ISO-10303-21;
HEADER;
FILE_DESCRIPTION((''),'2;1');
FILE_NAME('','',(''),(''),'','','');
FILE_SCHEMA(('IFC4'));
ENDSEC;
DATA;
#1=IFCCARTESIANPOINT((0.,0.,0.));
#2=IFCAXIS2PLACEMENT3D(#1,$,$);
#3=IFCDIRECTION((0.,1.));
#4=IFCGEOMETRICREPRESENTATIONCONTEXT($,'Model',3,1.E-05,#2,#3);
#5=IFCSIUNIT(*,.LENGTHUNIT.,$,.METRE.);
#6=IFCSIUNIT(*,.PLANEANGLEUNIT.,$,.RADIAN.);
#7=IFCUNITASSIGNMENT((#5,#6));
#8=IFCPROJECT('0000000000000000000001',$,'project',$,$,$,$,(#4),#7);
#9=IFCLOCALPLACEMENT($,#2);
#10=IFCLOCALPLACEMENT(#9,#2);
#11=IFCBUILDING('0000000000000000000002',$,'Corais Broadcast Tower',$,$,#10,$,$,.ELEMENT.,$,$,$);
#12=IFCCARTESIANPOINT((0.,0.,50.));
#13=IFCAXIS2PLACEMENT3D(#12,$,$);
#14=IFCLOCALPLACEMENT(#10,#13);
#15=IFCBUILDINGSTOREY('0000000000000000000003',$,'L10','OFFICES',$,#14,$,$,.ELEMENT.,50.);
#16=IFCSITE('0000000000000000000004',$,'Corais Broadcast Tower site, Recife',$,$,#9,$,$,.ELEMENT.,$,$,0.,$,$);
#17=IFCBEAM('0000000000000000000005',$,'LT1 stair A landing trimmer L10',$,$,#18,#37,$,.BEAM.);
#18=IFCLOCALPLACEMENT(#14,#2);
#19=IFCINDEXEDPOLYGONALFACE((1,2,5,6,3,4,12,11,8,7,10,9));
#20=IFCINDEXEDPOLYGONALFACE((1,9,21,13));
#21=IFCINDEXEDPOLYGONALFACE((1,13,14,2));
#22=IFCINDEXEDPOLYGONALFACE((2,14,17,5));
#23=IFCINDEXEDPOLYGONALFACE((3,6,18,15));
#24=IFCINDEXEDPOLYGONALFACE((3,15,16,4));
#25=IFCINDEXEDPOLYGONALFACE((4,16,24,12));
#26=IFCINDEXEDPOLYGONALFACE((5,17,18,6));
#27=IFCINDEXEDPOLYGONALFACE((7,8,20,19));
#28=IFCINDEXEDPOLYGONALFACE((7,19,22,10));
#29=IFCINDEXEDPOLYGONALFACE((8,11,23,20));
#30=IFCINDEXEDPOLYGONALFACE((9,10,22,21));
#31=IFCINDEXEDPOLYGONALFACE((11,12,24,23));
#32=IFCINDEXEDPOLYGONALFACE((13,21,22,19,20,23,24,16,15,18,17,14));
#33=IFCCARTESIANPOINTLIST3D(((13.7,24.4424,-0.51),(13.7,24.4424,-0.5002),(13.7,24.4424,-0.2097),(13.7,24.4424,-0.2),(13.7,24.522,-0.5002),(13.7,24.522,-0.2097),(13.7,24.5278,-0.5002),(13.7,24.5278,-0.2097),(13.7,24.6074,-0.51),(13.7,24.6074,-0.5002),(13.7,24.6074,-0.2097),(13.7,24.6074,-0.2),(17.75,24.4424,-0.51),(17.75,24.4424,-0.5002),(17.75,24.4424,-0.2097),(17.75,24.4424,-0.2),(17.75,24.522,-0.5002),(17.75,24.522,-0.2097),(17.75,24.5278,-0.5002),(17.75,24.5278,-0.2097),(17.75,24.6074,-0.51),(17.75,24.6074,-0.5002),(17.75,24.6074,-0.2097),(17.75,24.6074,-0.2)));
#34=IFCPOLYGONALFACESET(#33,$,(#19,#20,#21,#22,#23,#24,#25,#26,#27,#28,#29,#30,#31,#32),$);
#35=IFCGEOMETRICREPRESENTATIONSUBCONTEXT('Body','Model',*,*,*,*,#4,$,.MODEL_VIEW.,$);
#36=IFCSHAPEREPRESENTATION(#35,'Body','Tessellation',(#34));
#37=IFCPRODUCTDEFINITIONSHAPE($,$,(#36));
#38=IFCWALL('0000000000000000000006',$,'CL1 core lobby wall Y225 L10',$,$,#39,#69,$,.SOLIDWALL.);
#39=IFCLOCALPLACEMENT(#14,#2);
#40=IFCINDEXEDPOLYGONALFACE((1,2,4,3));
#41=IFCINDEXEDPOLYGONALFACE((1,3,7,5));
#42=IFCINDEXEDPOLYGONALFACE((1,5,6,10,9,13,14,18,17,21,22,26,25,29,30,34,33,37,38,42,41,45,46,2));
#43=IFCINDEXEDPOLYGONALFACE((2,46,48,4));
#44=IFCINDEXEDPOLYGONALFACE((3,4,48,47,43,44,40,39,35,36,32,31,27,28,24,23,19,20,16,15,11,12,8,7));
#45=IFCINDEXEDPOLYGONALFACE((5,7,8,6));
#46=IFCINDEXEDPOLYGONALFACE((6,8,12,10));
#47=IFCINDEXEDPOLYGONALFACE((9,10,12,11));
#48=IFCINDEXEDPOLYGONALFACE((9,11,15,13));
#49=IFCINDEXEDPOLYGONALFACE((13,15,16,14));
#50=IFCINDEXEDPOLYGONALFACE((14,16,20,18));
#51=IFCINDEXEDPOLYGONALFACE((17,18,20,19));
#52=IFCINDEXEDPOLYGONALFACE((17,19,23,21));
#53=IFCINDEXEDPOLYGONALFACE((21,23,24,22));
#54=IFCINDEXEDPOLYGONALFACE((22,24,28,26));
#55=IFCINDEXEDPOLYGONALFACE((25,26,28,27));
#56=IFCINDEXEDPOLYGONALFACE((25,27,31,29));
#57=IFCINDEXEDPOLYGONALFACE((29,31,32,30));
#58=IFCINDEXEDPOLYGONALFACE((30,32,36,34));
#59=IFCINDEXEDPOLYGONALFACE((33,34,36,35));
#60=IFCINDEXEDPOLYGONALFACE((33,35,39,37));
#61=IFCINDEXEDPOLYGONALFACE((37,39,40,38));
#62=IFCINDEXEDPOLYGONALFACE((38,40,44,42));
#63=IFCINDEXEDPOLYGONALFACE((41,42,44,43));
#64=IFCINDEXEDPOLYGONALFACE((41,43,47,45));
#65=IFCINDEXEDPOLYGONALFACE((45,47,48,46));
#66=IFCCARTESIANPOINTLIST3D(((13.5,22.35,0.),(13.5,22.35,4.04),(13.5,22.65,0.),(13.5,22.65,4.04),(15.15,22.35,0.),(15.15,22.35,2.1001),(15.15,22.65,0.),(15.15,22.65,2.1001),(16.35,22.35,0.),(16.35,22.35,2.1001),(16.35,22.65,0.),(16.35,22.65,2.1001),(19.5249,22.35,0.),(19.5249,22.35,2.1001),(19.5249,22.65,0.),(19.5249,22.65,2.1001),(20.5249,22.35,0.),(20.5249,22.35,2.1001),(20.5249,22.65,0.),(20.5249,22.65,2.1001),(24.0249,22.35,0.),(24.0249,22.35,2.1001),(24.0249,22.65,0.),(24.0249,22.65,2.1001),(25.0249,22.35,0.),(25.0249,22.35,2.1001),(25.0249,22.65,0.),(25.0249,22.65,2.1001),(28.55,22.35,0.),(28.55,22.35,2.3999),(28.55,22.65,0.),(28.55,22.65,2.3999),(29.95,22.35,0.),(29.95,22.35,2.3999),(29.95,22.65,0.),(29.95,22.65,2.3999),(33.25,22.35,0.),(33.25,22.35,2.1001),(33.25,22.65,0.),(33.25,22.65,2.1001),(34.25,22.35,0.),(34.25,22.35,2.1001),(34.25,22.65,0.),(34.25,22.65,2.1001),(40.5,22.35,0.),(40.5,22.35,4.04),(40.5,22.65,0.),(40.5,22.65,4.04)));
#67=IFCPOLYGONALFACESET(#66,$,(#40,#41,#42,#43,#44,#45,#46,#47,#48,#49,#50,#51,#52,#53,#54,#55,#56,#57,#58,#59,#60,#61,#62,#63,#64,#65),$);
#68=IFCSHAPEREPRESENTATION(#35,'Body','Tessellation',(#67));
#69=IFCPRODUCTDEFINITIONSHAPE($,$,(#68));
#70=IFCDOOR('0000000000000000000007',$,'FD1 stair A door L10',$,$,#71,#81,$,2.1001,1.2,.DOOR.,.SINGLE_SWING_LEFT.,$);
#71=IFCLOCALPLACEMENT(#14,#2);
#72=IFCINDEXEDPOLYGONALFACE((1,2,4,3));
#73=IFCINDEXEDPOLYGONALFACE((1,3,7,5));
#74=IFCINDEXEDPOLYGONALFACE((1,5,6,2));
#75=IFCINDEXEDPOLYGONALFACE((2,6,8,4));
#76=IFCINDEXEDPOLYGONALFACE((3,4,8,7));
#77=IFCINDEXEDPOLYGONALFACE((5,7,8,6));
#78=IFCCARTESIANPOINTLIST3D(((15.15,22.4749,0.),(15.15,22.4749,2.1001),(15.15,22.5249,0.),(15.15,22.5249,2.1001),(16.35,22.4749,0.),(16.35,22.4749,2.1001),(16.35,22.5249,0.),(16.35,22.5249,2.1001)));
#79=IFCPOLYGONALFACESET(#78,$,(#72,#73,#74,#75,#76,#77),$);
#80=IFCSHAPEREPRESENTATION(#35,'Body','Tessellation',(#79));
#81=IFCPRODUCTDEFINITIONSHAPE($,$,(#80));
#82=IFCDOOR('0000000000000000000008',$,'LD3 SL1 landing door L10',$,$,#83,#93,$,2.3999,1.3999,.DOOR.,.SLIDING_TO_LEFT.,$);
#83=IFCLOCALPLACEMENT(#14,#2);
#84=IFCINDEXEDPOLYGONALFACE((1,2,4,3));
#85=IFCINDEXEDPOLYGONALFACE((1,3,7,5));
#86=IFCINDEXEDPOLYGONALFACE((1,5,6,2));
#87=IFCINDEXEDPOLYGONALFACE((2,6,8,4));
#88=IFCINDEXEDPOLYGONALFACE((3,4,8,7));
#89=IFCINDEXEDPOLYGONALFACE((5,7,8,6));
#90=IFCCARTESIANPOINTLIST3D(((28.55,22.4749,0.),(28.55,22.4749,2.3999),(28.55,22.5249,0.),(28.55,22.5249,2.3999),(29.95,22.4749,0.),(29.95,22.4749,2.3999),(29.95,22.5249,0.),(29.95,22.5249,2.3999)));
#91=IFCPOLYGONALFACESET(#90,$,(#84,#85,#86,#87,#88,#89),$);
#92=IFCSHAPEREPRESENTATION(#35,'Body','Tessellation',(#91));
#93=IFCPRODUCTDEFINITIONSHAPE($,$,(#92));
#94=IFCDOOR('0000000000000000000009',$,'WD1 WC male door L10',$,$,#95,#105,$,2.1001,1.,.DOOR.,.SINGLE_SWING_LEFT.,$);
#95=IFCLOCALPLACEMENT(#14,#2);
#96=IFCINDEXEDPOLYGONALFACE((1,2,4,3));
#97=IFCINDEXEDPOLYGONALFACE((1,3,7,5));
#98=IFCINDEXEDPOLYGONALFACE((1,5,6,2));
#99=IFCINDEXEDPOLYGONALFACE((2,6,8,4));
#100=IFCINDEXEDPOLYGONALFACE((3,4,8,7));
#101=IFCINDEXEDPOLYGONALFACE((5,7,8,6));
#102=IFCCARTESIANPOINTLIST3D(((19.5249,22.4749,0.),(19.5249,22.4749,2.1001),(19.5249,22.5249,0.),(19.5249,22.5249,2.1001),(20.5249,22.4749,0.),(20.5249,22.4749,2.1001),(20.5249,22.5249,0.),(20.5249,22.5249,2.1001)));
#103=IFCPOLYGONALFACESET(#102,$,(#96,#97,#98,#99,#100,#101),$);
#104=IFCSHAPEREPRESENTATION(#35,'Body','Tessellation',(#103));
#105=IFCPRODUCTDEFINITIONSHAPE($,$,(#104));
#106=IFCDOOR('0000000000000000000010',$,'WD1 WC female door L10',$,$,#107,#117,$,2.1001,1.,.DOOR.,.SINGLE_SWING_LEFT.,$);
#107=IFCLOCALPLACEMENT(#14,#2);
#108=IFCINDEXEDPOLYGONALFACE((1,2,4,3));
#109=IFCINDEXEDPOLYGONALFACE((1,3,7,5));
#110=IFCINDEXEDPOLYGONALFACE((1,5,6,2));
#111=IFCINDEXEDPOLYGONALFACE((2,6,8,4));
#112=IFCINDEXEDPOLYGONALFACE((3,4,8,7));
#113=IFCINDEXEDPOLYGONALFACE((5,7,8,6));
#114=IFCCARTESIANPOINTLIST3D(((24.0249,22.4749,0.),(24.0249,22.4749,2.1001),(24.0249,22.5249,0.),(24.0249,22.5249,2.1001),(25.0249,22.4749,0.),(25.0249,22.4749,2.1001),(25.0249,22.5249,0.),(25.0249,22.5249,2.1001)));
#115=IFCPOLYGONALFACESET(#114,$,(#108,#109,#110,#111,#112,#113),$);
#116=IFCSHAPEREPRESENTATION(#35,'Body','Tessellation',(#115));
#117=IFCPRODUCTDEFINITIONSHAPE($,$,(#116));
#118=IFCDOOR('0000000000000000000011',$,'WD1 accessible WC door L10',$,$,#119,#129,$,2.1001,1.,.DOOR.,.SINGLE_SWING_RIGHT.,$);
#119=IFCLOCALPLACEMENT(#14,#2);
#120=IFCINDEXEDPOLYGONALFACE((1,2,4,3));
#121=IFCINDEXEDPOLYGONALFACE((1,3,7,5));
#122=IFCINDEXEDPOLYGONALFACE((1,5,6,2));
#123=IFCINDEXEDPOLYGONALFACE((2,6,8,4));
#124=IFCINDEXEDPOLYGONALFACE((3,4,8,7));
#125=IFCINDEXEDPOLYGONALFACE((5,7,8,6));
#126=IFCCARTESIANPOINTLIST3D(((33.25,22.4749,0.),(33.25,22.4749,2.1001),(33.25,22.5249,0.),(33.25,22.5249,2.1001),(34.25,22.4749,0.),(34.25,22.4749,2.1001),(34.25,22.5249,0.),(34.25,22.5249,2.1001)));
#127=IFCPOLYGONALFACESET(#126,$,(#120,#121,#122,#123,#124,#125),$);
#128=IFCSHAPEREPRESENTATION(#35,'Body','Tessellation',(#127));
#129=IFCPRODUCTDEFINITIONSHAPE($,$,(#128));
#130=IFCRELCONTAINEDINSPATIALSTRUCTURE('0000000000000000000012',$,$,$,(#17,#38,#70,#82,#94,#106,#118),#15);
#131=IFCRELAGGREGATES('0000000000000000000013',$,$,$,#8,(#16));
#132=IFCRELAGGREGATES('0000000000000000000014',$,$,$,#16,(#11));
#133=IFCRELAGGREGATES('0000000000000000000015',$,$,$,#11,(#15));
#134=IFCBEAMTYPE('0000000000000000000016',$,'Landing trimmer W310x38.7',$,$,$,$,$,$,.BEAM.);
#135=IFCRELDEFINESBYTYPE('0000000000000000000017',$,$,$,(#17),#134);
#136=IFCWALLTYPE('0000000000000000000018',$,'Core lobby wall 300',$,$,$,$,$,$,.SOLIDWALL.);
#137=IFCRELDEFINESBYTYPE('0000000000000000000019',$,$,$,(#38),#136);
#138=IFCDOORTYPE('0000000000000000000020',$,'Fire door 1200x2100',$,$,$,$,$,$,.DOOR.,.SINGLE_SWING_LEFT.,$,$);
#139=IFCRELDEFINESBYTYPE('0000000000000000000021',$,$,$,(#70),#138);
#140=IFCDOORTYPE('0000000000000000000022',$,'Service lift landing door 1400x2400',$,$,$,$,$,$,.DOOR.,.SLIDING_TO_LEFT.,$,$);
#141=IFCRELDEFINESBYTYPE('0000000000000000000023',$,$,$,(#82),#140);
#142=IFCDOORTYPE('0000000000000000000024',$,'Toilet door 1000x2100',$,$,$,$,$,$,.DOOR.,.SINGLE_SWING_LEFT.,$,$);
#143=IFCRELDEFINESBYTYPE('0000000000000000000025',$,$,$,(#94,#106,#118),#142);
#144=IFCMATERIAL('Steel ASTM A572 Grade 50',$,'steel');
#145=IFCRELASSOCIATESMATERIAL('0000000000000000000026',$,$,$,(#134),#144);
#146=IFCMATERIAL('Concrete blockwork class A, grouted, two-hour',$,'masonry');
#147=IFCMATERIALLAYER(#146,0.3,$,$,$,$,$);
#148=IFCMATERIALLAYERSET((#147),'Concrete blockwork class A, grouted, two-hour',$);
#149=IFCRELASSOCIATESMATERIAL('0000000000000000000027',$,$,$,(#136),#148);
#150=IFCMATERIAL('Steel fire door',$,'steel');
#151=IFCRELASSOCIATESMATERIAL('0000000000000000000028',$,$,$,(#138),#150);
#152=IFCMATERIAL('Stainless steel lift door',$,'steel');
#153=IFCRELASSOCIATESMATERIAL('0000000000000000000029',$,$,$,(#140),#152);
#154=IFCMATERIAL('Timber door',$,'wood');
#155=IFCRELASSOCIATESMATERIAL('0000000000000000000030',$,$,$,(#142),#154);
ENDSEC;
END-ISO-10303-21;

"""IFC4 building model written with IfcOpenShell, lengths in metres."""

from ifc_helpers import new_model, si_unit, direction, frame, frame_2d, origin, origin_2d, place, context, subcontext, project, spatial, rectangle, i_section, extrude, material, layer, layer_set, material_profile, profile_set, type_object, element, fill, save


model = new_model("IFC4")

# Units and contexts
model_context = context("Model", 3, precision=1e-05, world=origin(), true_north=direction((0.0, 1.0)))
body_context = subcontext(model_context, "Body", "Model", "MODEL_VIEW")
ifc_project = project(units=[si_unit("LENGTHUNIT", "METRE"), si_unit("PLANEANGLEUNIT", "RADIAN")], contexts=[model_context])

# Site, building, storey
site_placement = place(None, origin())
site = spatial("IfcSite", under=ifc_project, at=site_placement, Name="Corais Broadcast Tower site, Recife", CompositionType="ELEMENT", RefElevation=0.0)
building_placement = place(site_placement, origin())
building = spatial("IfcBuilding", under=site, at=building_placement, Name="Corais Broadcast Tower", CompositionType="ELEMENT")
storey_placement = place(building_placement, frame((0.0, 0.0, 50.0)))
storey = spatial("IfcBuildingStorey", under=building, at=storey_placement, Name="L10", Description="OFFICES", CompositionType="ELEMENT", Elevation=50.0)

# Beam
ifc_material_1 = material(Name="Steel ASTM A572 Grade 50", Category="steel")
ifc_material_profile = material_profile(ifc_material_1, i_section(OverallWidth=0.165, OverallDepth=0.3101, WebThickness=0.0059, FlangeThickness=0.0098, at=origin_2d()), Name="W310x38.7")
ifc_profile_set = profile_set([ifc_material_profile], Name="Steel ASTM A572 Grade 50")
beam_type = type_object("IfcBeamType", Name="Landing trimmer W310x38.7", PredefinedType="BEAM", material=ifc_profile_set)
beam_placement = place(storey_placement, frame((13.7, 24.5249, -0.355), z_axis=(1.0, 0.0, 0.0), x_axis=(0.0, 1.0, 0.0)))
element("IfcBeam", 1, at=beam_placement, inside=storey, type_object=beam_type, Name="LT1 stair A landing trimmer L10", PredefinedType="BEAM", context=body_context, shape_type="SweptSolid", body=[
    extrude(i_section(OverallWidth=0.165, OverallDepth=0.3101, WebThickness=0.0059, FlangeThickness=0.0098, at=origin_2d()), origin(), (0.0, 0.0, 1.0), 4.05),
])

# Wall, openings, doors
ifc_material_2 = material(Name="Concrete blockwork class A, grouted, two-hour", Category="masonry")
ifc_layer_1 = layer(ifc_material_2, 0.3)
ifc_layer_set_1 = layer_set([ifc_layer_1], Name="Concrete blockwork class A, grouted, two-hour")
wall_type_1 = type_object("IfcWallType", Name="Core lobby wall 300", PredefinedType="SOLIDWALL", material=ifc_layer_set_1)
wall_1_placement = place(storey_placement, frame((13.5, 22.5, 0.0), z_axis=(0.0, 0.0, 1.0), x_axis=(1.0, 0.0, 0.0)))
wall_1 = element("IfcWall", 2, at=wall_1_placement, inside=storey, type_object=wall_type_1, Name="CL1 core lobby wall Y225 L10", PredefinedType="SOLIDWALL", context=body_context, shape_type="SweptSolid", body=[
    extrude(rectangle(XDim=27.0, YDim=0.3, at=frame_2d((13.5, 0.0))), origin(), (0.0, 0.0, 1.0), 4.04),
])
opening_1_placement = place(wall_1_placement, frame((1.6499, 0.0, 0.0)))
opening_1 = element("IfcOpeningElement", 3, at=opening_1_placement, cuts=wall_1, PredefinedType="OPENING", context=body_context, shape_type="SweptSolid", body=[
    extrude(rectangle(XDim=1.2, YDim=2.1001, at=frame_2d((0.6001, 1.05))), frame((0.0, 0.1599, 0.0), z_axis=(0.0, -1.0, 0.0), x_axis=(1.0, 0.0, 0.0)), (0.0, 0.0, 1.0), 0.3201),
])
opening_2_placement = place(wall_1_placement, frame((6.0249, 0.0, 0.0)))
opening_2 = element("IfcOpeningElement", 4, at=opening_2_placement, cuts=wall_1, PredefinedType="OPENING", context=body_context, shape_type="SweptSolid", body=[
    extrude(rectangle(XDim=1.0, YDim=2.1001, at=frame_2d((0.5, 1.05))), frame((0.0, 0.1599, 0.0), z_axis=(0.0, -1.0, 0.0), x_axis=(1.0, 0.0, 0.0)), (0.0, 0.0, 1.0), 0.3201),
])
opening_3_placement = place(wall_1_placement, frame((10.5249, 0.0, 0.0)))
opening_3 = element("IfcOpeningElement", 5, at=opening_3_placement, cuts=wall_1, PredefinedType="OPENING", context=body_context, shape_type="SweptSolid", body=[
    extrude(rectangle(XDim=1.0, YDim=2.1001, at=frame_2d((0.5, 1.05))), frame((0.0, 0.1599, 0.0), z_axis=(0.0, -1.0, 0.0), x_axis=(1.0, 0.0, 0.0)), (0.0, 0.0, 1.0), 0.3201),
])
opening_4_placement = place(wall_1_placement, frame((19.75, 0.0, 0.0)))
opening_4 = element("IfcOpeningElement", 6, at=opening_4_placement, cuts=wall_1, PredefinedType="OPENING", context=body_context, shape_type="SweptSolid", body=[
    extrude(rectangle(XDim=1.0, YDim=2.1001, at=frame_2d((0.5, 1.05))), frame((0.0, 0.1599, 0.0), z_axis=(0.0, -1.0, 0.0), x_axis=(1.0, 0.0, 0.0)), (0.0, 0.0, 1.0), 0.3201),
])
opening_5_placement = place(wall_1_placement, frame((15.05, 0.0, 0.0)))
opening_5 = element("IfcOpeningElement", 7, at=opening_5_placement, cuts=wall_1, PredefinedType="OPENING", context=body_context, shape_type="SweptSolid", body=[
    extrude(rectangle(XDim=1.3999, YDim=2.3999, at=frame_2d((0.7, 1.2))), frame((0.0, 0.1599, 0.0), z_axis=(0.0, -1.0, 0.0), x_axis=(1.0, 0.0, 0.0)), (0.0, 0.0, 1.0), 0.3201),
])
ifc_material_3 = material(Name="Steel fire door", Category="steel")
door_type_1 = type_object("IfcDoorType", Name="Fire door 1200x2100", OperationType="SINGLE_SWING_LEFT", PredefinedType="DOOR", material=ifc_material_3)
door_1_placement = place(opening_1_placement, origin())
door_1 = element("IfcDoor", 8, at=door_1_placement, inside=storey, type_object=door_type_1, Name="FD1 stair A door L10", OperationType="SINGLE_SWING_LEFT", OverallHeight=2.1001, OverallWidth=1.2, PredefinedType="DOOR", context=body_context, shape_type="SweptSolid", body=[
    extrude(rectangle(XDim=1.2, YDim=2.1001, at=frame_2d((0.6001, 1.05))), frame((0.0, 0.0249, 0.0), z_axis=(0.0, -1.0, 0.0), x_axis=(1.0, 0.0, 0.0)), (0.0, 0.0, 1.0), 0.05),
])
fill(opening_1, door_1)
ifc_material_4 = material(Name="Stainless steel lift door", Category="steel")
door_type_2 = type_object("IfcDoorType", Name="Service lift landing door 1400x2400", OperationType="SLIDING_TO_LEFT", PredefinedType="DOOR", material=ifc_material_4)
door_2_placement = place(opening_5_placement, origin())
door_2 = element("IfcDoor", 9, at=door_2_placement, inside=storey, type_object=door_type_2, Name="LD3 SL1 landing door L10", OperationType="SLIDING_TO_LEFT", OverallHeight=2.3999, OverallWidth=1.3999, PredefinedType="DOOR", context=body_context, shape_type="SweptSolid", body=[
    extrude(rectangle(XDim=1.3999, YDim=2.3999, at=frame_2d((0.7, 1.2))), frame((0.0, 0.0249, 0.0), z_axis=(0.0, -1.0, 0.0), x_axis=(1.0, 0.0, 0.0)), (0.0, 0.0, 1.0), 0.05),
])
fill(opening_5, door_2)
ifc_material_5 = material(Name="Timber door", Category="wood")
door_type_3 = type_object("IfcDoorType", Name="Toilet door 1000x2100", OperationType="SINGLE_SWING_LEFT", PredefinedType="DOOR", material=ifc_material_5)
door_3_placement = place(opening_2_placement, origin())
door_3 = element("IfcDoor", 10, at=door_3_placement, inside=storey, type_object=door_type_3, Name="WD1 WC male door L10", OperationType="SINGLE_SWING_LEFT", OverallHeight=2.1001, OverallWidth=1.0, PredefinedType="DOOR", context=body_context, shape_type="SweptSolid", body=[
    extrude(rectangle(XDim=1.0, YDim=2.1001, at=frame_2d((0.5, 1.05))), frame((0.0, 0.0249, 0.0), z_axis=(0.0, -1.0, 0.0), x_axis=(1.0, 0.0, 0.0)), (0.0, 0.0, 1.0), 0.05),
])
fill(opening_2, door_3)
door_4_placement = place(opening_3_placement, origin())
door_4 = element("IfcDoor", 11, at=door_4_placement, inside=storey, type_object=door_type_3, Name="WD1 WC female door L10", OperationType="SINGLE_SWING_LEFT", OverallHeight=2.1001, OverallWidth=1.0, PredefinedType="DOOR", context=body_context, shape_type="SweptSolid", body=[
    extrude(rectangle(XDim=1.0, YDim=2.1001, at=frame_2d((0.5, 1.05))), frame((0.0, 0.0249, 0.0), z_axis=(0.0, -1.0, 0.0), x_axis=(1.0, 0.0, 0.0)), (0.0, 0.0, 1.0), 0.05),
])
fill(opening_3, door_4)
door_5_placement = place(opening_4_placement, origin())
door_5 = element("IfcDoor", 12, at=door_5_placement, inside=storey, type_object=door_type_3, Name="WD1 accessible WC door L10", OperationType="SINGLE_SWING_RIGHT", OverallHeight=2.1001, OverallWidth=1.0, PredefinedType="DOOR", context=body_context, shape_type="SweptSolid", body=[
    extrude(rectangle(XDim=1.0, YDim=2.1001, at=frame_2d((0.5, 1.05))), frame((0.0, 0.0249, 0.0), z_axis=(0.0, -1.0, 0.0), x_axis=(1.0, 0.0, 0.0)), (0.0, 0.0, 1.0), 0.05),
])
fill(opening_4, door_5)

save(model, "model.ifc")
